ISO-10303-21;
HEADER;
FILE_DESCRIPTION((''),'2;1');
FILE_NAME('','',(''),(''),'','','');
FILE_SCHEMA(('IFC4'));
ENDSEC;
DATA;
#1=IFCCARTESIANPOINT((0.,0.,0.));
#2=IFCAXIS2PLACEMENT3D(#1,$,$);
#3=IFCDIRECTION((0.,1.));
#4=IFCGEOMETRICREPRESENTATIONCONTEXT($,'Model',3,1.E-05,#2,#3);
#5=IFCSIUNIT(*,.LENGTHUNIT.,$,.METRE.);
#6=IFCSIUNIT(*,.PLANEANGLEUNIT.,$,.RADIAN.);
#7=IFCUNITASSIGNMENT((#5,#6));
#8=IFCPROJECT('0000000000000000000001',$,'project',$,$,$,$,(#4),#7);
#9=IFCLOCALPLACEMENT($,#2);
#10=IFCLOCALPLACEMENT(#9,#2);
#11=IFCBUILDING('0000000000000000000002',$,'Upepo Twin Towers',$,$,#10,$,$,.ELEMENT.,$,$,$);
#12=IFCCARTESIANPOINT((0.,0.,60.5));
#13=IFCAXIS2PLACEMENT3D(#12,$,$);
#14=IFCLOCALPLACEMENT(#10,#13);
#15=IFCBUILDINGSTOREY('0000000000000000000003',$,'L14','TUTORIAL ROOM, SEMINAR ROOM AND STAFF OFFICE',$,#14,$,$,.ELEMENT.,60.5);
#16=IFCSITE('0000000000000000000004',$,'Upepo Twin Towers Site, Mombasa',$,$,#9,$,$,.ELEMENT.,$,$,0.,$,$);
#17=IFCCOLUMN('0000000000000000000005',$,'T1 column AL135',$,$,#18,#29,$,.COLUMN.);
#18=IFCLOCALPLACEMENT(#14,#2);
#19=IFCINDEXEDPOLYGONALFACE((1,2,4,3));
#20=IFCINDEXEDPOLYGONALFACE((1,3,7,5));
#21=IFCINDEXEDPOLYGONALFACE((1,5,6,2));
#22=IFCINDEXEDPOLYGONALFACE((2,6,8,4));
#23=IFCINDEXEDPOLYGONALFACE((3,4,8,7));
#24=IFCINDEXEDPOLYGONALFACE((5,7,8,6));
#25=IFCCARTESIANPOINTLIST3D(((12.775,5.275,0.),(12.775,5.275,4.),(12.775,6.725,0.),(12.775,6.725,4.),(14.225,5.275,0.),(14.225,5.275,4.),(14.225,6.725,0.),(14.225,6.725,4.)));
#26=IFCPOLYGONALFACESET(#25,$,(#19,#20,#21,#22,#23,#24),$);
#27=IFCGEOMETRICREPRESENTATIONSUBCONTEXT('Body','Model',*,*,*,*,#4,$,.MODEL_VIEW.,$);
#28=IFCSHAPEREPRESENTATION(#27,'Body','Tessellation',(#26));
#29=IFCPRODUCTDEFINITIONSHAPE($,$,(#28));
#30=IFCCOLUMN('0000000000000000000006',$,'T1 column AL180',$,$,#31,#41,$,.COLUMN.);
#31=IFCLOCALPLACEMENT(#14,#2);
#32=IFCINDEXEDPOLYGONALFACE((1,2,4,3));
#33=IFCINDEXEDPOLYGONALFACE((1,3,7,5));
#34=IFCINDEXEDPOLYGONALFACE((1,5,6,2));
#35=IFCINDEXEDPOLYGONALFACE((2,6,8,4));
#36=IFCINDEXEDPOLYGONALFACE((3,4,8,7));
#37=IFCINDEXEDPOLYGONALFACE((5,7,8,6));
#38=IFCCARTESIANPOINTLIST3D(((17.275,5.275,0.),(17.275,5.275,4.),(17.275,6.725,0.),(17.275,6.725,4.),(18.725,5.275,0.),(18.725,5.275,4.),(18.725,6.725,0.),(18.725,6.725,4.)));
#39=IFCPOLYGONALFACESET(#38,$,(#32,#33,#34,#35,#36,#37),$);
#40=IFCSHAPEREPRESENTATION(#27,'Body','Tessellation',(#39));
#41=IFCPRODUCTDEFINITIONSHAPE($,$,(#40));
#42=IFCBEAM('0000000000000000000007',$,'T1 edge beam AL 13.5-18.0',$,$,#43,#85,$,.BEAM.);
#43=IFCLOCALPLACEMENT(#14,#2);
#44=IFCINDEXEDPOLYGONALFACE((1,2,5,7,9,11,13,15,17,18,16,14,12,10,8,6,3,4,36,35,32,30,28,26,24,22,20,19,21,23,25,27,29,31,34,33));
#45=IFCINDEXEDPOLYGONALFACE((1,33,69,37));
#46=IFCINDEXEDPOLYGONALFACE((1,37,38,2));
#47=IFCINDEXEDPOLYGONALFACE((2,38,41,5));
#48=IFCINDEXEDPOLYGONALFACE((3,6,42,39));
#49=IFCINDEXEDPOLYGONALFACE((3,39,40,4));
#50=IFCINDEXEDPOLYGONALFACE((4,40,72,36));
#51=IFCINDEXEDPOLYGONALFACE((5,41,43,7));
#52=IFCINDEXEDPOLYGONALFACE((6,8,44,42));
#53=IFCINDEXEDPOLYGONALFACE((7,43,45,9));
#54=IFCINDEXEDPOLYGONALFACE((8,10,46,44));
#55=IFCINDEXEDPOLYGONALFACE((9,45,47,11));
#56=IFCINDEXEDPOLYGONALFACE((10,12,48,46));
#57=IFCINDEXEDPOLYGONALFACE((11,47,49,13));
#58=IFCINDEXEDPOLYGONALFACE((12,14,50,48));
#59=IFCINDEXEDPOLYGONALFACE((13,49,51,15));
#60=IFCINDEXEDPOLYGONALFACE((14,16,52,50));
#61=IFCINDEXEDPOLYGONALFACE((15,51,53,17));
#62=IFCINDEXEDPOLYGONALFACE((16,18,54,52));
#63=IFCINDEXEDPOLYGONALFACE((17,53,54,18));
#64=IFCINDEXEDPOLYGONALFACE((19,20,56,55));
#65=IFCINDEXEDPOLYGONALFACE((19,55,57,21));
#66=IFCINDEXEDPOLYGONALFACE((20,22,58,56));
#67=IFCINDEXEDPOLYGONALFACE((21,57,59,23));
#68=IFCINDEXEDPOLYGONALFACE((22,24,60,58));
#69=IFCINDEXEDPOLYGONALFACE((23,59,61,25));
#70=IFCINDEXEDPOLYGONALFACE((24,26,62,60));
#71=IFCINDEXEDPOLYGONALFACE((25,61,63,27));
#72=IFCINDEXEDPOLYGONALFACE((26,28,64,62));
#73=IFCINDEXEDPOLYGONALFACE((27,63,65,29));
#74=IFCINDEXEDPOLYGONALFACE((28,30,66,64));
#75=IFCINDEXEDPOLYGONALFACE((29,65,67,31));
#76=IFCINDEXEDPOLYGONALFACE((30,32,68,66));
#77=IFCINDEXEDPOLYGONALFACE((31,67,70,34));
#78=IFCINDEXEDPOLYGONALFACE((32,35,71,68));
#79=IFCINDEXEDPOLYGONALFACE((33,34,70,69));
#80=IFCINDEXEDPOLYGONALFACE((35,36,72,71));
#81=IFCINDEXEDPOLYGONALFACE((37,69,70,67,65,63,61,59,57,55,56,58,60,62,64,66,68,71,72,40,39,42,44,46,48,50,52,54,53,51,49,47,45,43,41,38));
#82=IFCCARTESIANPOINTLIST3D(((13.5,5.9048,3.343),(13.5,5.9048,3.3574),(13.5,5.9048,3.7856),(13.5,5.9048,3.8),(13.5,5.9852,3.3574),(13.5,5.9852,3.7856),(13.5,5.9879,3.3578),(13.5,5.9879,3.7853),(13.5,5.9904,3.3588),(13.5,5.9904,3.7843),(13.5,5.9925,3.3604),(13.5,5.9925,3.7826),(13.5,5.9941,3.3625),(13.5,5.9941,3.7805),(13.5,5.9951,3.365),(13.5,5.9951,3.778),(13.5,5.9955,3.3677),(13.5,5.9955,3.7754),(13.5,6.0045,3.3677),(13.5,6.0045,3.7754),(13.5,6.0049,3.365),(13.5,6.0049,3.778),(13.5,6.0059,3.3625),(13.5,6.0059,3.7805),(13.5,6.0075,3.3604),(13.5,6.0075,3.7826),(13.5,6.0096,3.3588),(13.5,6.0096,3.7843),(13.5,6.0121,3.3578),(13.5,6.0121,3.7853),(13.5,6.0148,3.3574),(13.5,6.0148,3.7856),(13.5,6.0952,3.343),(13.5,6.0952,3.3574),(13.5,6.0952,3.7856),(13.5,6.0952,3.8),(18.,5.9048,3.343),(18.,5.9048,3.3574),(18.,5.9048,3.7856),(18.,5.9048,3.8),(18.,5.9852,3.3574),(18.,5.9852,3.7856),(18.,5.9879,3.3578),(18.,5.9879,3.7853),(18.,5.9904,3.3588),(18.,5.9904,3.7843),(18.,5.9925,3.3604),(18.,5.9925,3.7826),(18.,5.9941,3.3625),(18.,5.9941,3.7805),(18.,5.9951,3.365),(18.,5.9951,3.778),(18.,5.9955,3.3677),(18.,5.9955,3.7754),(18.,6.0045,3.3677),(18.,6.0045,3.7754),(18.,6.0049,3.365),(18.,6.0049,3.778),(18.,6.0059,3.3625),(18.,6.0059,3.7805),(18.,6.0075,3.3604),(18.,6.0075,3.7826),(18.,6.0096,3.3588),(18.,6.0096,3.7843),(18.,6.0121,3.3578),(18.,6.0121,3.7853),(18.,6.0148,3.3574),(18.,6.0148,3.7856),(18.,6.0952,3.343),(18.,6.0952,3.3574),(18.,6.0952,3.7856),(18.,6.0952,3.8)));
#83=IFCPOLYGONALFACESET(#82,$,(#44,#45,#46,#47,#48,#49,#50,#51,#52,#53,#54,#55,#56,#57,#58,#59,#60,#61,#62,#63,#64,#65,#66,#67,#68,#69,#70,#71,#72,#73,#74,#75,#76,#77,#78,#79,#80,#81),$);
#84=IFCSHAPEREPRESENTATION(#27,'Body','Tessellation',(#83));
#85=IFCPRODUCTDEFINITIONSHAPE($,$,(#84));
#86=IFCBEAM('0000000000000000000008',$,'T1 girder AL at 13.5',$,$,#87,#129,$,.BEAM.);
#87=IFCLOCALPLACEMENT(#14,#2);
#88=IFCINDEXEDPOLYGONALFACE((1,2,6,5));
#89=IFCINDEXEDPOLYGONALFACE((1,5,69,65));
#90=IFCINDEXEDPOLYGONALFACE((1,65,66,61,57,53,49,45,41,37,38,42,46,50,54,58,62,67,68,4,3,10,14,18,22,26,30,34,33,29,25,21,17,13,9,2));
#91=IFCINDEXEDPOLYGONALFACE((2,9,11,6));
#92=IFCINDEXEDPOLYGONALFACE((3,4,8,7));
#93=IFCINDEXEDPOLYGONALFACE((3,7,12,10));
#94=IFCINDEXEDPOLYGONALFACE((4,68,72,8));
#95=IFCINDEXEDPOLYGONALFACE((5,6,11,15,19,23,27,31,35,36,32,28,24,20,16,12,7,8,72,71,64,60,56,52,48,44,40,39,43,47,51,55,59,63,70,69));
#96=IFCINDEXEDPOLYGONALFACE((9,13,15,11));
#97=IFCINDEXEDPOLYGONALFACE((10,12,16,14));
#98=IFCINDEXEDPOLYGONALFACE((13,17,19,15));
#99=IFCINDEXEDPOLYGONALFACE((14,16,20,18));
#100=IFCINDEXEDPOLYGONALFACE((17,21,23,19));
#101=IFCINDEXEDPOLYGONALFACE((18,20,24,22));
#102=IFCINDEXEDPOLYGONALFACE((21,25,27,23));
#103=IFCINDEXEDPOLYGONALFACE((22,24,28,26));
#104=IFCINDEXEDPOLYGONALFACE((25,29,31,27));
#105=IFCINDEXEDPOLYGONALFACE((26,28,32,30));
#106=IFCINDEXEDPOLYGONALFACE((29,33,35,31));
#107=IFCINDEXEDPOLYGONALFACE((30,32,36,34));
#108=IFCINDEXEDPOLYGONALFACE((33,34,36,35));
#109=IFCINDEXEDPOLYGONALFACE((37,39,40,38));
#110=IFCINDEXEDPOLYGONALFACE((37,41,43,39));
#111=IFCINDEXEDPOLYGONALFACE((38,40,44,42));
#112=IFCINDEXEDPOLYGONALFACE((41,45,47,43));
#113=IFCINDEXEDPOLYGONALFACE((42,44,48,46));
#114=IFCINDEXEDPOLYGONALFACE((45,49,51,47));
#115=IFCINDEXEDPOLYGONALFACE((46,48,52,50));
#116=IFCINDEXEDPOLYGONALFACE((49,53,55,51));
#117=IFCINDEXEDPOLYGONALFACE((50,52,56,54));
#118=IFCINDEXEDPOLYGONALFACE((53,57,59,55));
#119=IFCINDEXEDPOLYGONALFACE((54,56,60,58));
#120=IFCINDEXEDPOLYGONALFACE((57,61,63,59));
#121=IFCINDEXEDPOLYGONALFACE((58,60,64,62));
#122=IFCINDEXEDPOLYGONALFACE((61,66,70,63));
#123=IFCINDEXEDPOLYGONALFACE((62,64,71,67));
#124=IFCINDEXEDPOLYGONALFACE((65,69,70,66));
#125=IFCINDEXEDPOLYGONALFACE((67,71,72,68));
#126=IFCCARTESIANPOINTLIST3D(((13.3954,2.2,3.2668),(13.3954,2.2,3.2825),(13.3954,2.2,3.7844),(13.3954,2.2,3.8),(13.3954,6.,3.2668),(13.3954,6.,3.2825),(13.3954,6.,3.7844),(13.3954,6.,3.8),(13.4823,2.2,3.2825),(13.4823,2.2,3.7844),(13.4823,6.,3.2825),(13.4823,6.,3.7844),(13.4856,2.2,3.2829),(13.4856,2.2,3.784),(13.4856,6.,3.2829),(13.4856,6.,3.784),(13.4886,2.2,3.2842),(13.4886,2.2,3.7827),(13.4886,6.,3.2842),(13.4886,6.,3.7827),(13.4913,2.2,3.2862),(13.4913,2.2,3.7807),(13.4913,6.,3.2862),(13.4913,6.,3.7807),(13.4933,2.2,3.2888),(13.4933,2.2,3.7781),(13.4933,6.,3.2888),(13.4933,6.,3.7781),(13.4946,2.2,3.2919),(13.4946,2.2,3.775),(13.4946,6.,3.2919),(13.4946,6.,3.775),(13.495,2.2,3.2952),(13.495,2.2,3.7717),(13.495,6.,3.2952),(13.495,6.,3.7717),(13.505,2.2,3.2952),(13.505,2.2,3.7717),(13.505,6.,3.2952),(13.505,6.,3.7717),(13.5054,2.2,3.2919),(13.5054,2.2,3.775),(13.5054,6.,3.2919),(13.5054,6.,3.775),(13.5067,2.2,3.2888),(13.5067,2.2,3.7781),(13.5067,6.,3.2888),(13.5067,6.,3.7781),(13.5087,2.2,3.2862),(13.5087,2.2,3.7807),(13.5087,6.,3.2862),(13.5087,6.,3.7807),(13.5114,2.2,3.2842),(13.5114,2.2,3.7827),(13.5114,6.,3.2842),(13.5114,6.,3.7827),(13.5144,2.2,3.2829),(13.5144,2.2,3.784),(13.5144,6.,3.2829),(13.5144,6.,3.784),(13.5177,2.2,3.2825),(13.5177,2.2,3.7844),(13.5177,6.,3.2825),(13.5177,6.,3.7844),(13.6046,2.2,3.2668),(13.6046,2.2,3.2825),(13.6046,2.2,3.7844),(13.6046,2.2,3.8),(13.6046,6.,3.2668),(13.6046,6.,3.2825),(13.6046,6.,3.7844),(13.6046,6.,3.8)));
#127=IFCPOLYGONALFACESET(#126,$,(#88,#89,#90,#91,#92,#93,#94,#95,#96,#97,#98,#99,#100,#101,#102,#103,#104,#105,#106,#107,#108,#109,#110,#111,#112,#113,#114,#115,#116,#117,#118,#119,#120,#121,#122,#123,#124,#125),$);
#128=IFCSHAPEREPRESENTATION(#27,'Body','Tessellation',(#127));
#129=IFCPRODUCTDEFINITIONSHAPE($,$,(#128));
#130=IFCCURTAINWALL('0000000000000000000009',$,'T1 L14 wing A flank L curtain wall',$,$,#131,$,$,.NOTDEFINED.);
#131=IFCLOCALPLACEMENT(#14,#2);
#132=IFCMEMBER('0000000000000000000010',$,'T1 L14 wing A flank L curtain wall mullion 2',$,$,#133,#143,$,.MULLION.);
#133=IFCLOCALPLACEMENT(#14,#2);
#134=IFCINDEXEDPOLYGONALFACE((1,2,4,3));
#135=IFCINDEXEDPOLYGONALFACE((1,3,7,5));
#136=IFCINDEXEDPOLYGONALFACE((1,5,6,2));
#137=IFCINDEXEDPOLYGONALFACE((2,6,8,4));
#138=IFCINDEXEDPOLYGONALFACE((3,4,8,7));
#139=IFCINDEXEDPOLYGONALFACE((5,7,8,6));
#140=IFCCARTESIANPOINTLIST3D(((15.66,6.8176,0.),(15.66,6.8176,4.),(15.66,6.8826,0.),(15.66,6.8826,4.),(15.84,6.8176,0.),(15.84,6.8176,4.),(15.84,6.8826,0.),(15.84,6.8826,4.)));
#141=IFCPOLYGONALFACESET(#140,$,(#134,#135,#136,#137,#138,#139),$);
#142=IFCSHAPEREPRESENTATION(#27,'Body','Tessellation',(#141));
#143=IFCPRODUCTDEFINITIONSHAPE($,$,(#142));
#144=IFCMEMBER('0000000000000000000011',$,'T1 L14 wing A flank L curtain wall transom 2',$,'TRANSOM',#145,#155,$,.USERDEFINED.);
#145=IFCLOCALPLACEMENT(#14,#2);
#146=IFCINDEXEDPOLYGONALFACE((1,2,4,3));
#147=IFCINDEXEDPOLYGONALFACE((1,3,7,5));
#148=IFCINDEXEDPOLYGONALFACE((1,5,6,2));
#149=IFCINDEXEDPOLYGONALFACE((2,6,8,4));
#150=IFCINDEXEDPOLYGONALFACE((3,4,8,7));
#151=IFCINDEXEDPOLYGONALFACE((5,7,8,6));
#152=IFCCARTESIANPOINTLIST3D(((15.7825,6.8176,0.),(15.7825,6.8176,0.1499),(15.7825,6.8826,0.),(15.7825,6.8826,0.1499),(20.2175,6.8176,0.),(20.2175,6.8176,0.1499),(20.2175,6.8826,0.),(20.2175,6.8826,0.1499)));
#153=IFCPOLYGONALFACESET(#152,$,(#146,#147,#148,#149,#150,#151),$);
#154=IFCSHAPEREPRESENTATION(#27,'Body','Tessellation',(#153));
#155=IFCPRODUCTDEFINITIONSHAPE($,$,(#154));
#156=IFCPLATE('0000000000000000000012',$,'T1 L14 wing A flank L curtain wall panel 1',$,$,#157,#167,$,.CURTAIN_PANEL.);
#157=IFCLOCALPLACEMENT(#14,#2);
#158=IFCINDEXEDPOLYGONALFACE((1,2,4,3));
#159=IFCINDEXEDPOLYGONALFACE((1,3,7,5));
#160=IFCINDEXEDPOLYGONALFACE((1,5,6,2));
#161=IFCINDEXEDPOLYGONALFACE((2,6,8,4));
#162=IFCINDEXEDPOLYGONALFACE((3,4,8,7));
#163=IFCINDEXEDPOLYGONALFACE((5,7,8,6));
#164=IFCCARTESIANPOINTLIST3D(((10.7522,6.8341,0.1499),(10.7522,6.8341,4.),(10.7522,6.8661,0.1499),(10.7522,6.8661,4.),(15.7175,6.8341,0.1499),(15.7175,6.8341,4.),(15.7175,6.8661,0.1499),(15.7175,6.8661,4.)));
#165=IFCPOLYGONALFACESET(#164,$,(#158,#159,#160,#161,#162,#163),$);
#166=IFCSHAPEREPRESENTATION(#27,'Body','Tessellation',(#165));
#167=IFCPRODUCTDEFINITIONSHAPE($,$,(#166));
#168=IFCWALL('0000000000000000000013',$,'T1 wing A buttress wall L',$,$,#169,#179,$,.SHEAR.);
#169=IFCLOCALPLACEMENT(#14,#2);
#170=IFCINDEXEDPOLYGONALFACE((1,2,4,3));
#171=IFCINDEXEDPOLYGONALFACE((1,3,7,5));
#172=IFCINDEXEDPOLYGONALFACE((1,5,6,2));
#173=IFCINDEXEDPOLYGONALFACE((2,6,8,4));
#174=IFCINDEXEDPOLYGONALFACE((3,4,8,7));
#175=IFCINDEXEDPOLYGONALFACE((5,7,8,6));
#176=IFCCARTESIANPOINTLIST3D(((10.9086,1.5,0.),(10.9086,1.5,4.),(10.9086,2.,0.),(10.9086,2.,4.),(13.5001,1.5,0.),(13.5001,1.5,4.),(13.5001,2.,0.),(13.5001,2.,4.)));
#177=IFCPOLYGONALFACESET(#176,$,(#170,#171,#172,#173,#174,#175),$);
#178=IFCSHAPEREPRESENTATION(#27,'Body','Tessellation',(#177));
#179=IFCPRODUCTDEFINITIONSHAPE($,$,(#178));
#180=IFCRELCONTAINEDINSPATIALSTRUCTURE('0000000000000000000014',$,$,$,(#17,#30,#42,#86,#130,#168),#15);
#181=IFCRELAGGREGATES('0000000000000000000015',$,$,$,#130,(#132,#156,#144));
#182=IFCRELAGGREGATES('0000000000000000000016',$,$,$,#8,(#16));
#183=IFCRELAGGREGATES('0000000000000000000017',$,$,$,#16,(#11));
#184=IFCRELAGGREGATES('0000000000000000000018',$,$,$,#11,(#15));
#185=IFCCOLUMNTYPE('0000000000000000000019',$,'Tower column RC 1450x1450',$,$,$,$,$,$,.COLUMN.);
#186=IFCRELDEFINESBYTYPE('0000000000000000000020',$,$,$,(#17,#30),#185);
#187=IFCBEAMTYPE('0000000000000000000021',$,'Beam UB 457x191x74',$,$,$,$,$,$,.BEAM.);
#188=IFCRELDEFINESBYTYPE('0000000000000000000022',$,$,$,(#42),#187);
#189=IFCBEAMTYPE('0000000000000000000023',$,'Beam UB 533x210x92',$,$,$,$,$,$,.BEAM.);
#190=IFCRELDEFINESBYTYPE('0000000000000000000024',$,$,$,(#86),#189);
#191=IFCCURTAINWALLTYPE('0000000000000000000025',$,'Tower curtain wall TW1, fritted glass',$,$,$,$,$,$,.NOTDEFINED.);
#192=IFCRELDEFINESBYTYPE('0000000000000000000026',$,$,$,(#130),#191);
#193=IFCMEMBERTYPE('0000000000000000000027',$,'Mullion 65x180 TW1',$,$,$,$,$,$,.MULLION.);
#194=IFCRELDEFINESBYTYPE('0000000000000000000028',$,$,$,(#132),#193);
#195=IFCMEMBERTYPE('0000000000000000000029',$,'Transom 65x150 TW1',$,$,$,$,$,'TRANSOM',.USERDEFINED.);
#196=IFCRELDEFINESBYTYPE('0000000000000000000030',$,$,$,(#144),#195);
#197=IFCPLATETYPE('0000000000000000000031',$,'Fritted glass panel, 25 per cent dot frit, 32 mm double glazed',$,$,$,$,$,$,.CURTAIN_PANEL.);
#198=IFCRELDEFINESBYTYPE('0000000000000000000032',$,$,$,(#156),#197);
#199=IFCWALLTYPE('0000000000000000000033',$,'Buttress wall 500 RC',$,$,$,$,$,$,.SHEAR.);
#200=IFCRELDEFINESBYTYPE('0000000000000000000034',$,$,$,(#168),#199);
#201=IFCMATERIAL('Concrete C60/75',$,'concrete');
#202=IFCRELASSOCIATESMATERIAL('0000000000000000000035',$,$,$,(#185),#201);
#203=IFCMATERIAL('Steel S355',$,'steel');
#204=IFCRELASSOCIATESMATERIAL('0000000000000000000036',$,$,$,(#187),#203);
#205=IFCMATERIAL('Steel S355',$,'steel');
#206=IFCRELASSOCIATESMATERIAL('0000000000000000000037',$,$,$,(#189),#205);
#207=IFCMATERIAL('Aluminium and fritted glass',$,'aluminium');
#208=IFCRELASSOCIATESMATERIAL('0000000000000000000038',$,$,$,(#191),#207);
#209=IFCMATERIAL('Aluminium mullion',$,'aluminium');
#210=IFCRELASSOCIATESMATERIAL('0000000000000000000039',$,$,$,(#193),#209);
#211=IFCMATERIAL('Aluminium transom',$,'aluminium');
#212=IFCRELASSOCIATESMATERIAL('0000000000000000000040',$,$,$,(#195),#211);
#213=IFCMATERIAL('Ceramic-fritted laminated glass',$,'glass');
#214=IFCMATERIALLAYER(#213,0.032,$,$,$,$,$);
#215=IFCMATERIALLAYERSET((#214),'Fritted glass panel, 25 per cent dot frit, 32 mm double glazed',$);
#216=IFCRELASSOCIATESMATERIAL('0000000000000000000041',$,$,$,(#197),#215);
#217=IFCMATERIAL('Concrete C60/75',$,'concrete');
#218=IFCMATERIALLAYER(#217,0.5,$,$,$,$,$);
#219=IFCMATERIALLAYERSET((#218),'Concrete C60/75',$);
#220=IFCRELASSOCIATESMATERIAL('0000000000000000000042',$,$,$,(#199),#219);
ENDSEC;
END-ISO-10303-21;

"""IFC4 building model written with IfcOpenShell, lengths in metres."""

from ifc_helpers import new_model, si_unit, direction, frame, frame_2d, origin, origin_2d, place, context, subcontext, project, spatial, rectangle, i_section, extrude, material, layer, layer_set, material_profile, profile_set, type_object, element, aggregate, save


model = new_model("IFC4")

# Units and contexts
model_context = context("Model", 3, precision=1e-05, world=origin(), true_north=direction((0.0, 1.0)))
body_context = subcontext(model_context, "Body", "Model", "MODEL_VIEW")
ifc_project = project(units=[si_unit("LENGTHUNIT", "METRE"), si_unit("PLANEANGLEUNIT", "RADIAN")], contexts=[model_context])

# Site, building, storey
site_placement = place(None, origin())
site = spatial("IfcSite", under=ifc_project, at=site_placement, Name="Upepo Twin Towers Site, Mombasa", CompositionType="ELEMENT", RefElevation=0.0)
building_placement = place(site_placement, origin())
building = spatial("IfcBuilding", under=site, at=building_placement, Name="Upepo Twin Towers", CompositionType="ELEMENT")
storey_placement = place(building_placement, frame((0.0, 0.0, 60.5)))
storey = spatial("IfcBuildingStorey", under=building, at=storey_placement, Name="L14", Description="TUTORIAL ROOM, SEMINAR ROOM AND STAFF OFFICE", CompositionType="ELEMENT", Elevation=60.5)

# Columns
ifc_material_1 = material(Name="Concrete C60/75", Category="concrete")
ifc_material_profile_1 = material_profile(ifc_material_1, rectangle(XDim=1.45, YDim=1.45, at=origin_2d()), Name="RC 1450x1450")
ifc_profile_set_1 = profile_set([ifc_material_profile_1], Name="Concrete C60/75")
column_type = type_object("IfcColumnType", Name="Tower column RC 1450x1450", PredefinedType="COLUMN", material=ifc_profile_set_1)
for number, where, z_axis, x_axis, name in (
    (1, (13.5, 6.0, 0.0), (0.0, 0.0, 1.0), (1.0, 0.0, 0.0), "T1 column AL135"),
    (2, (18.0, 6.0, 0.0), (0.0, 0.0, 1.0), (1.0, 0.0, 0.0), "T1 column AL180"),
):
    element("IfcColumn", number, at=place(storey_placement, frame(where, z_axis=z_axis, x_axis=x_axis)), inside=storey, type_object=column_type, Name=name, PredefinedType="COLUMN", context=body_context, shape_type="SweptSolid", body=[
        extrude(rectangle(XDim=1.45, YDim=1.45, at=origin_2d()), origin(), (0.0, 0.0, 1.0), 4.0),
    ])

# Beams
ifc_material_2 = material(Name="Steel S355", Category="steel")
ifc_material_profile_2 = material_profile(ifc_material_2, i_section(OverallWidth=0.1904, OverallDepth=0.457, WebThickness=0.009, FlangeThickness=0.0144, FilletRadius=0.0103, at=origin_2d()), Name="UB 457x191x74")
ifc_profile_set_2 = profile_set([ifc_material_profile_2], Name="Steel S355")
beam_type_1 = type_object("IfcBeamType", Name="Beam UB 457x191x74", PredefinedType="BEAM", material=ifc_profile_set_2)
beam_1_placement = place(storey_placement, frame((13.5, 6.0, 3.5715), z_axis=(1.0, 0.0, 0.0), x_axis=(0.0, 1.0, 0.0)))
element("IfcBeam", 3, at=beam_1_placement, inside=storey, type_object=beam_type_1, Name="T1 edge beam AL 13.5-18.0", PredefinedType="BEAM", context=body_context, shape_type="SweptSolid", body=[
    extrude(i_section(OverallWidth=0.1904, OverallDepth=0.457, WebThickness=0.009, FlangeThickness=0.0144, FilletRadius=0.0103, at=origin_2d()), origin(), (0.0, 0.0, 1.0), 4.5),
])
ifc_material_3 = material(Name="Steel S355", Category="steel")
ifc_material_profile_3 = material_profile(ifc_material_3, i_section(OverallWidth=0.2092, OverallDepth=0.5332, WebThickness=0.01, FlangeThickness=0.0156, FilletRadius=0.0127, at=origin_2d()), Name="UB 533x210x92")
ifc_profile_set_3 = profile_set([ifc_material_profile_3], Name="Steel S355")
beam_type_2 = type_object("IfcBeamType", Name="Beam UB 533x210x92", PredefinedType="BEAM", material=ifc_profile_set_3)
beam_2_placement = place(storey_placement, frame((13.5, 6.0, 3.5334), z_axis=(0.0, -1.0, 0.0), x_axis=(1.0, 0.0, 0.0)))
element("IfcBeam", 4, at=beam_2_placement, inside=storey, type_object=beam_type_2, Name="T1 girder AL at 13.5", PredefinedType="BEAM", context=body_context, shape_type="SweptSolid", body=[
    extrude(i_section(OverallWidth=0.2092, OverallDepth=0.5332, WebThickness=0.01, FlangeThickness=0.0156, FilletRadius=0.0127, at=origin_2d()), origin(), (0.0, 0.0, 1.0), 3.8),
])

# Curtain wall, members, plate
ifc_material_4 = material(Name="Aluminium and fritted glass", Category="aluminium")
curtain_wall_type = type_object("IfcCurtainWallType", Name="Tower curtain wall TW1, fritted glass", PredefinedType="NOTDEFINED", material=ifc_material_4)
curtain_wall_placement = place(storey_placement, origin())
curtain_wall = element("IfcCurtainWall", 5, at=curtain_wall_placement, inside=storey, type_object=curtain_wall_type, Name="T1 L14 wing A flank L curtain wall", PredefinedType="NOTDEFINED")
ifc_material_5 = material(Name="Aluminium mullion", Category="aluminium")
ifc_material_profile_4 = material_profile(ifc_material_5, rectangle(XDim=0.0649, YDim=0.1799, at=origin_2d()), Name="MULLION 65x180")
ifc_profile_set_4 = profile_set([ifc_material_profile_4], Name="Aluminium mullion")
member_type_1 = type_object("IfcMemberType", Name="Mullion 65x180 TW1", PredefinedType="MULLION", material=ifc_profile_set_4)
member_1_placement = place(storey_placement, frame((15.75, 6.8501, 0.0), z_axis=(0.0, 0.0, 1.0), x_axis=(0.0, 1.0, 0.0)))
member_1 = element("IfcMember", 6, at=member_1_placement, type_object=member_type_1, Name="T1 L14 wing A flank L curtain wall mullion 2", PredefinedType="MULLION", context=body_context, shape_type="SweptSolid", body=[
    extrude(rectangle(XDim=0.0649, YDim=0.1799, at=origin_2d()), origin(), (0.0, 0.0, 1.0), 4.0),
])
ifc_material_6 = material(Name="Aluminium transom", Category="aluminium")
ifc_material_profile_5 = material_profile(ifc_material_6, rectangle(XDim=0.0649, YDim=0.1499, at=origin_2d()), Name="TRANSOM 65x150")
ifc_profile_set_5 = profile_set([ifc_material_profile_5], Name="Aluminium transom")
member_type_2 = type_object("IfcMemberType", Name="Transom 65x150 TW1", ElementType="TRANSOM", PredefinedType="USERDEFINED", material=ifc_profile_set_5)
member_2_placement = place(storey_placement, frame((15.7825, 6.8501, 0.075), z_axis=(1.0, 0.0, 0.0), x_axis=(0.0, 1.0, 0.0)))
member_2 = element("IfcMember", 7, at=member_2_placement, type_object=member_type_2, Name="T1 L14 wing A flank L curtain wall transom 2", ObjectType="TRANSOM", PredefinedType="USERDEFINED", context=body_context, shape_type="SweptSolid", body=[
    extrude(rectangle(XDim=0.0649, YDim=0.1499, at=origin_2d()), origin(), (0.0, 0.0, 1.0), 4.4351),
])
ifc_material_7 = material(Name="Ceramic-fritted laminated glass", Category="glass")
ifc_layer_1 = layer(ifc_material_7, 0.032)
ifc_layer_set_1 = layer_set([ifc_layer_1], Name="Fritted glass panel, 25 per cent dot frit, 32 mm double glazed")
plate_type = type_object("IfcPlateType", Name="Fritted glass panel, 25 per cent dot frit, 32 mm double glazed", PredefinedType="CURTAIN_PANEL", material=ifc_layer_set_1)
plate_placement = place(storey_placement, frame((13.2349, 6.8501, 0.1499), z_axis=(0.0, 0.0, 1.0), x_axis=(1.0, 0.0, 0.0)))
plate = element("IfcPlate", 8, at=plate_placement, type_object=plate_type, Name="T1 L14 wing A flank L curtain wall panel 1", PredefinedType="CURTAIN_PANEL", context=body_context, shape_type="SweptSolid", body=[
    extrude(rectangle(XDim=4.9653, YDim=0.032, at=origin_2d()), origin(), (0.0, 0.0, 1.0), 3.8501),
])
aggregate(curtain_wall, [member_1, plate, member_2])

# Wall
ifc_material_8 = material(Name="Concrete C60/75", Category="concrete")
ifc_layer_2 = layer(ifc_material_8, 0.5)
ifc_layer_set_2 = layer_set([ifc_layer_2], Name="Concrete C60/75")
wall_type_1 = type_object("IfcWallType", Name="Buttress wall 500 RC", PredefinedType="SHEAR", material=ifc_layer_set_2)
wall_1_placement = place(storey_placement, frame((10.9084, 1.75, 0.0), z_axis=(0.0, 0.0, 1.0), x_axis=(1.0, 0.0, 0.0)))
element("IfcWall", 9, at=wall_1_placement, inside=storey, type_object=wall_type_1, Name="T1 wing A buttress wall L", PredefinedType="SHEAR", context=body_context, shape_type="SweptSolid", body=[
    extrude(rectangle(XDim=2.5916, YDim=0.5, at=frame_2d((1.2959, 0.0))), origin(), (0.0, 0.0, 1.0), 4.0),
])

save(model, "model.ifc")
